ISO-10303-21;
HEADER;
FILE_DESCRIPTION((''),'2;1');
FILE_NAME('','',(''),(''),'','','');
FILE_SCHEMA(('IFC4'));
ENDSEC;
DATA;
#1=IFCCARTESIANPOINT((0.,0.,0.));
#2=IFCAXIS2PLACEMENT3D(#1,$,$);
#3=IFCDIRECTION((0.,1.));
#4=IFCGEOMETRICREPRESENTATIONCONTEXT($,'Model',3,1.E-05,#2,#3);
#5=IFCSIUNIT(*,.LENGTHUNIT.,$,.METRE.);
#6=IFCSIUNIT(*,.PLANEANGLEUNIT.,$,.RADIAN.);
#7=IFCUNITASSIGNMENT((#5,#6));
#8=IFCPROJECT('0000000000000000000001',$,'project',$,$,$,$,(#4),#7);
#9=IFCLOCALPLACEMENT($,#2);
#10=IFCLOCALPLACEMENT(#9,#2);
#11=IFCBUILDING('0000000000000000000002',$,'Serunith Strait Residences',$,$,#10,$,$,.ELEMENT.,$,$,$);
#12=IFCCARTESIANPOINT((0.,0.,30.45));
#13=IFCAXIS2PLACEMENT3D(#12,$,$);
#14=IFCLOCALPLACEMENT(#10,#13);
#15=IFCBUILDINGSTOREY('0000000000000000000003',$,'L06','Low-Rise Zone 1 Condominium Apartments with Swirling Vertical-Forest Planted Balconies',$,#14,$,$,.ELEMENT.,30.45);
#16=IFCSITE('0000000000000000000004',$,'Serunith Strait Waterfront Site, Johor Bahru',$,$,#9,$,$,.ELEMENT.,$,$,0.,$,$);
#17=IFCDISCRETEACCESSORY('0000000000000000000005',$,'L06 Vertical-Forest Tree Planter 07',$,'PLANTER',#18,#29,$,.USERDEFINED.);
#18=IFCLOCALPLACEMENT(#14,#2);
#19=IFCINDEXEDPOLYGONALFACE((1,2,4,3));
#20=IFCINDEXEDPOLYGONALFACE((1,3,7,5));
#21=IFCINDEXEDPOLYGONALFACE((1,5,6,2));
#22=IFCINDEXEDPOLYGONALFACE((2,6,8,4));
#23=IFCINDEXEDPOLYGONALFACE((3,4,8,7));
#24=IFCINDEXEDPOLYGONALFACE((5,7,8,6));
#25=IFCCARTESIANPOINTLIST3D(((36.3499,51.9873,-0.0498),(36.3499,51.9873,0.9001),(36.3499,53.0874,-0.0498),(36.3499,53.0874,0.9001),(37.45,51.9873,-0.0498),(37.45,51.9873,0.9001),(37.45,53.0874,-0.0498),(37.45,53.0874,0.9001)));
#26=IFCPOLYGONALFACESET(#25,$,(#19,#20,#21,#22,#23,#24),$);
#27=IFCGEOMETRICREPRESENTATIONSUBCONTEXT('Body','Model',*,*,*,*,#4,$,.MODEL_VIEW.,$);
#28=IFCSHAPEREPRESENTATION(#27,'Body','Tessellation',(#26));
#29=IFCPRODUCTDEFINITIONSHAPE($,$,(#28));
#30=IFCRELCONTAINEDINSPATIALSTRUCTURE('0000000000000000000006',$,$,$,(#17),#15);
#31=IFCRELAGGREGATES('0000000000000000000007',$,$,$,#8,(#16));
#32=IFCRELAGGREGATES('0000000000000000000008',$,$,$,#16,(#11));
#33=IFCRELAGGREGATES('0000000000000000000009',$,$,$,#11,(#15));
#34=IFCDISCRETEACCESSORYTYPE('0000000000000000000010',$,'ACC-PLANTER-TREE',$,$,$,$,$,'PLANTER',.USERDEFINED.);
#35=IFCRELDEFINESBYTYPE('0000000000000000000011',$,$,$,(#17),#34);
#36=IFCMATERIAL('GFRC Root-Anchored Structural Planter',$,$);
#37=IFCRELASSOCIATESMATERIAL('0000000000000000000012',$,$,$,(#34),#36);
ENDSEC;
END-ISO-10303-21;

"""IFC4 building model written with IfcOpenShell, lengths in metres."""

from ifc_helpers import new_model, si_unit, direction, frame, origin, origin_2d, place, context, subcontext, project, spatial, rectangle, extrude, source, transform, mapped, material, type_object, element, save


model = new_model("IFC4")

# Units and contexts
model_context = context("Model", 3, precision=1e-05, world=origin(), true_north=direction((0.0, 1.0)))
body_context = subcontext(model_context, "Body", "Model", "MODEL_VIEW")
ifc_project = project(units=[si_unit("LENGTHUNIT", "METRE"), si_unit("PLANEANGLEUNIT", "RADIAN")], contexts=[model_context])

# Site, building, storey
site_placement = place(None, origin())
site = spatial("IfcSite", under=ifc_project, at=site_placement, Name="Serunith Strait Waterfront Site, Johor Bahru", CompositionType="ELEMENT", RefElevation=0.0)
building_placement = place(site_placement, origin())
building = spatial("IfcBuilding", under=site, at=building_placement, Name="Serunith Strait Residences", CompositionType="ELEMENT")
storey_placement = place(building_placement, frame((0.0, 0.0, 30.45)))
storey = spatial("IfcBuildingStorey", under=building, at=storey_placement, Name="L06", Description="Low-Rise Zone 1 Condominium Apartments with Swirling Vertical-Forest Planted Balconies", CompositionType="ELEMENT", Elevation=30.45)

# Discrete accessory
ifc_material_1 = material(Name="GFRC Root-Anchored Structural Planter")
discrete_accessory_type = type_object("IfcDiscreteAccessoryType", Name="ACC-PLANTER-TREE", ElementType="PLANTER", PredefinedType="USERDEFINED", material=ifc_material_1)
shared_shape_1 = source(origin(), body_context, "Body", "SweptSolid", [
    extrude(rectangle(XDim=1.1001, YDim=1.1001, at=origin_2d()), origin(), (0.0, 0.0, 1.0), 0.95),
])
discrete_accessory_placement = place(storey_placement, frame((36.8999, 52.5374, -0.0498), z_axis=(0.0, 0.0, 1.0), x_axis=(-1.0, 0.0, 0.0)))
element("IfcDiscreteAccessory", 1, at=discrete_accessory_placement, inside=storey, type_object=discrete_accessory_type, Name="L06 Vertical-Forest Tree Planter 07", ObjectType="PLANTER", PredefinedType="USERDEFINED", context=body_context, shape_type="MappedRepresentation", body=[
    mapped(shared_shape_1, transform((0.0, 0.0, 0.0), scale=1.0)),
])

save(model, "model.ifc")
